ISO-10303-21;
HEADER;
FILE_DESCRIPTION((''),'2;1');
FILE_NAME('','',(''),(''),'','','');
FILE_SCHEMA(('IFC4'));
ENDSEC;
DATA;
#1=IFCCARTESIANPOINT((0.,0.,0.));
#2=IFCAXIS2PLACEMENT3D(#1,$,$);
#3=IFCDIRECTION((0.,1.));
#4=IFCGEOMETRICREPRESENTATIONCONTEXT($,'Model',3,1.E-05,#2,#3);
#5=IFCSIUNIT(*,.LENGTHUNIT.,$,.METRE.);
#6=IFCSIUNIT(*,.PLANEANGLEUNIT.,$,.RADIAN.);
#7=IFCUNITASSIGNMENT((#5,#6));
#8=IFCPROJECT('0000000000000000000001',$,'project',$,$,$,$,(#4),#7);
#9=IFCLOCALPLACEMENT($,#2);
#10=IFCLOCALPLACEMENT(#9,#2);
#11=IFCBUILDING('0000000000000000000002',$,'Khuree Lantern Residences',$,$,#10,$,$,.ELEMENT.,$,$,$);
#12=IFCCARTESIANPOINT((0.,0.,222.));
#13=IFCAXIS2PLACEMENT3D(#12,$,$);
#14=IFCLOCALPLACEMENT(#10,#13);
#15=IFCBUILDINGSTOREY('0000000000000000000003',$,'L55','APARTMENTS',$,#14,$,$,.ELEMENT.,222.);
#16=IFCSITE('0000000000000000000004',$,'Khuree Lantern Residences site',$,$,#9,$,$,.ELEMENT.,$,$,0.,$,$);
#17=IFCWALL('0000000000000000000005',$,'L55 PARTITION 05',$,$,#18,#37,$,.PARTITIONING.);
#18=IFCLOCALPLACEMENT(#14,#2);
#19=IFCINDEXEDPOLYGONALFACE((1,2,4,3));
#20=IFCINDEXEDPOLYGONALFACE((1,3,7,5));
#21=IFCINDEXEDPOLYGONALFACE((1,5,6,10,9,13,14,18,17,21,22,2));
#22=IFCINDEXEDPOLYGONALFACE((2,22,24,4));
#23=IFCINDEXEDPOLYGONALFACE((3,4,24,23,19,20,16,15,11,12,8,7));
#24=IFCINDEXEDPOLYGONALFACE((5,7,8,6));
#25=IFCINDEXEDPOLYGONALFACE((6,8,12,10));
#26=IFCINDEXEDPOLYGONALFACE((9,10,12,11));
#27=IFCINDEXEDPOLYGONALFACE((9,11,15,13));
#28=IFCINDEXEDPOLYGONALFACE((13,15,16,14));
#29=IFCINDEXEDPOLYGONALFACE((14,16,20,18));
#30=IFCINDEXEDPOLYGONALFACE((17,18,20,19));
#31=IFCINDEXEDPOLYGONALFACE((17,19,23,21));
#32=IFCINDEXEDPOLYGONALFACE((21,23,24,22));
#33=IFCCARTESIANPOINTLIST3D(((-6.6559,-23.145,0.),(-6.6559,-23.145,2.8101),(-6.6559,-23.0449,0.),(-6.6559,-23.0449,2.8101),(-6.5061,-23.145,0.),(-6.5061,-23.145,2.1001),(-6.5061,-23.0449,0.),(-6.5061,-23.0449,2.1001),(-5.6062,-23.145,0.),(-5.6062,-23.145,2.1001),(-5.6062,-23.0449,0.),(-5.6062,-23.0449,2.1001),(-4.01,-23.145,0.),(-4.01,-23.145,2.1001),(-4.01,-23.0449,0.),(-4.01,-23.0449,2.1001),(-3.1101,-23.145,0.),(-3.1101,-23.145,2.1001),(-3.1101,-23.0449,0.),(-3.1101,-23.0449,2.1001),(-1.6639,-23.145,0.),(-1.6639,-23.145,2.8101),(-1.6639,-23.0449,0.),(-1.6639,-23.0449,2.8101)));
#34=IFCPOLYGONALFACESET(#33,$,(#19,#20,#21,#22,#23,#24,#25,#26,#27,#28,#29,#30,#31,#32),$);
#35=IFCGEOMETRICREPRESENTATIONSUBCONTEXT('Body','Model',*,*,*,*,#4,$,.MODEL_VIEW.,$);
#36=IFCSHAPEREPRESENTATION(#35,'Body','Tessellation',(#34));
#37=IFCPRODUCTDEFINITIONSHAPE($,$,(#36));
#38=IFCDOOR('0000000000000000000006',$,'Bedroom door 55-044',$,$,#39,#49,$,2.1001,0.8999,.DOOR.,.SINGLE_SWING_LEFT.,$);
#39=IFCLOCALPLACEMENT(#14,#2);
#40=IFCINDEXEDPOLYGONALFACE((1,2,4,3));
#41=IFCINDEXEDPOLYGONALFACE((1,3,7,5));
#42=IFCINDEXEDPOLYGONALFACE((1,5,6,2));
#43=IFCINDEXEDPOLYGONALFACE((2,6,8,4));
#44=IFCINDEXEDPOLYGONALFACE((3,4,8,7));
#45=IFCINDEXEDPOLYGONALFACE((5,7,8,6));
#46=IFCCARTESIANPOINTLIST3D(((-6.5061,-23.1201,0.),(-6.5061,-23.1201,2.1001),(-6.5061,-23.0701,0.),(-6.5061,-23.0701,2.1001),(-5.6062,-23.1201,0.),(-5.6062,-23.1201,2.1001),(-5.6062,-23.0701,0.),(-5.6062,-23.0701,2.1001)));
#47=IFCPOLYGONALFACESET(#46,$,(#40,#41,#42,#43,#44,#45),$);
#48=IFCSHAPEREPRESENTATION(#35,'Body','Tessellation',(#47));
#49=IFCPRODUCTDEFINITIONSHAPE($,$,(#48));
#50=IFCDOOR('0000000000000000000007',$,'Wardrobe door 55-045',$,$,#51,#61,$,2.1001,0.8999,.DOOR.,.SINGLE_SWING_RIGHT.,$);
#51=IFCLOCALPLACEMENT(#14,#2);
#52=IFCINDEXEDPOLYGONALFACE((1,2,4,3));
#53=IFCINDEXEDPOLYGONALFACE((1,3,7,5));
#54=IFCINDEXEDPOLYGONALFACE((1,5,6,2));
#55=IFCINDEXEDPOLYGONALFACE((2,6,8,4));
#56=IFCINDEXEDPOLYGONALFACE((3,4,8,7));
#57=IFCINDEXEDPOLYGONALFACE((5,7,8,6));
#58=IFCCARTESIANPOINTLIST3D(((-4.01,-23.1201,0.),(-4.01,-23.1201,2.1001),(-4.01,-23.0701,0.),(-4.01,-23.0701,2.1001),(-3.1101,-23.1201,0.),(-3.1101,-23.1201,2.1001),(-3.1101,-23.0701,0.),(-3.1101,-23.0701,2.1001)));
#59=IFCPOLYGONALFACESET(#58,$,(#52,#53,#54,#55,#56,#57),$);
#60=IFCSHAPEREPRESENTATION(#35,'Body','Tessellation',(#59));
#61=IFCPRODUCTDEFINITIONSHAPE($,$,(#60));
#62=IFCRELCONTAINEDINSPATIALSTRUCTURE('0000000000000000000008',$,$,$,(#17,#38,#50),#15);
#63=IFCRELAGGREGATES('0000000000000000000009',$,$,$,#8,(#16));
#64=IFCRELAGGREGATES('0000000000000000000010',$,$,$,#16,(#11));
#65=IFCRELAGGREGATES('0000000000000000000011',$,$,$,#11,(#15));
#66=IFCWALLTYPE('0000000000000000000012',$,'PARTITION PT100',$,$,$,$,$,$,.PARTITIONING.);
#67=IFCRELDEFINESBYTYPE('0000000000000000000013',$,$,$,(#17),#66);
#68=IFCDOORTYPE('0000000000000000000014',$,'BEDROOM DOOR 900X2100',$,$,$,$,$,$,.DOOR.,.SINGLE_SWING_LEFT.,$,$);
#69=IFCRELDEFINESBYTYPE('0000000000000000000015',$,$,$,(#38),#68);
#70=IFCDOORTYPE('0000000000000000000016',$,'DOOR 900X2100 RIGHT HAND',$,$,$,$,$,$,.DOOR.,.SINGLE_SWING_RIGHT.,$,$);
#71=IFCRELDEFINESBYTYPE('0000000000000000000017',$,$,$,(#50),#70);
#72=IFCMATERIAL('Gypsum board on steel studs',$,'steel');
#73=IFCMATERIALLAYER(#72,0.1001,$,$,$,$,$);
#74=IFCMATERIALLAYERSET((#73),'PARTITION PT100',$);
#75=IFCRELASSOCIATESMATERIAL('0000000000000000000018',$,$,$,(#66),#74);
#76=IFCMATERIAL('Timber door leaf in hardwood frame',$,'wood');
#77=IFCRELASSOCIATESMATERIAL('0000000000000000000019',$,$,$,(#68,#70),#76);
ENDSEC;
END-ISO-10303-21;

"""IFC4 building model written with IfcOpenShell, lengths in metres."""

from ifc_helpers import new_model, si_unit, direction, frame, frame_2d, origin, place, context, subcontext, project, spatial, rectangle, extrude, material, layer, layer_set, type_object, element, fill, save


model = new_model("IFC4")

# Units and contexts
model_context = context("Model", 3, precision=1e-05, world=origin(), true_north=direction((0.0, 1.0)))
body_context = subcontext(model_context, "Body", "Model", "MODEL_VIEW")
ifc_project = project(units=[si_unit("LENGTHUNIT", "METRE"), si_unit("PLANEANGLEUNIT", "RADIAN")], contexts=[model_context])

# Site, building, storey
site_placement = place(None, origin())
site = spatial("IfcSite", under=ifc_project, at=site_placement, Name="Khuree Lantern Residences site", CompositionType="ELEMENT", RefElevation=0.0)
building_placement = place(site_placement, origin())
building = spatial("IfcBuilding", under=site, at=building_placement, Name="Khuree Lantern Residences", CompositionType="ELEMENT")
storey_placement = place(building_placement, frame((0.0, 0.0, 222.0)))
storey = spatial("IfcBuildingStorey", under=building, at=storey_placement, Name="L55", Description="APARTMENTS", CompositionType="ELEMENT", Elevation=222.0)

# Shared definitions
ifc_material_1 = material(Name="Gypsum board on steel studs", Category="steel")
ifc_layer_1 = layer(ifc_material_1, 0.1001)
ifc_layer_set_1 = layer_set([ifc_layer_1], Name="PARTITION PT100")
wall_type = type_object("IfcWallType", Name="PARTITION PT100", PredefinedType="PARTITIONING", material=ifc_layer_set_1)

# Shared definitions
ifc_material_2 = material(Name="Timber door leaf in hardwood frame", Category="wood")
door_type_1 = type_object("IfcDoorType", Name="BEDROOM DOOR 900X2100", OperationType="SINGLE_SWING_LEFT", PredefinedType="DOOR", material=ifc_material_2)

# Wall, openings, doors
wall_1_placement = place(storey_placement, frame((-6.656, -23.095, 0.0), z_axis=(0.0, 0.0, 1.0), x_axis=(1.0, 0.0, 0.0)))
wall_1 = element("IfcWall", 1, at=wall_1_placement, inside=storey, type_object=wall_type, Name="L55 PARTITION 05", PredefinedType="PARTITIONING", context=body_context, shape_type="SweptSolid", body=[
    extrude(rectangle(XDim=4.9919, YDim=0.1001, at=frame_2d((2.4961, 0.0))), origin(), (0.0, 0.0, 1.0), 2.8101),
])
opening_1_placement = place(wall_1_placement, frame((0.1499, 0.0, 0.0)))
opening_1 = element("IfcOpeningElement", 2, at=opening_1_placement, cuts=wall_1, PredefinedType="OPENING", context=body_context, shape_type="SweptSolid", body=[
    extrude(rectangle(XDim=0.8999, YDim=2.1001, at=frame_2d((0.45, 1.05))), frame((0.0, 0.0601, 0.0), z_axis=(0.0, -1.0, 0.0), x_axis=(1.0, 0.0, 0.0)), (0.0, 0.0, 1.0), 0.1201),
])
opening_2_placement = place(wall_1_placement, frame((2.646, 0.0, 0.0)))
opening_2 = element("IfcOpeningElement", 3, at=opening_2_placement, cuts=wall_1, PredefinedType="OPENING", context=body_context, shape_type="SweptSolid", body=[
    extrude(rectangle(XDim=0.8999, YDim=2.1001, at=frame_2d((0.45, 1.05))), frame((0.0, 0.0601, 0.0), z_axis=(0.0, -1.0, 0.0), x_axis=(1.0, 0.0, 0.0)), (0.0, 0.0, 1.0), 0.1201),
])
door_1_placement = place(opening_1_placement, origin())
door_1 = element("IfcDoor", 4, at=door_1_placement, inside=storey, type_object=door_type_1, Name="Bedroom door 55-044", OperationType="SINGLE_SWING_LEFT", OverallHeight=2.1001, OverallWidth=0.8999, PredefinedType="DOOR", context=body_context, shape_type="SweptSolid", body=[
    extrude(rectangle(XDim=0.8999, YDim=2.1001, at=frame_2d((0.45, 1.05))), frame((0.0, 0.0249, 0.0), z_axis=(0.0, -1.0, 0.0), x_axis=(1.0, 0.0, 0.0)), (0.0, 0.0, 1.0), 0.05),
])
fill(opening_1, door_1)
door_type_2 = type_object("IfcDoorType", Name="DOOR 900X2100 RIGHT HAND", OperationType="SINGLE_SWING_RIGHT", PredefinedType="DOOR", material=ifc_material_2)
door_2_placement = place(opening_2_placement, origin())
door_2 = element("IfcDoor", 5, at=door_2_placement, inside=storey, type_object=door_type_2, Name="Wardrobe door 55-045", OperationType="SINGLE_SWING_RIGHT", OverallHeight=2.1001, OverallWidth=0.8999, PredefinedType="DOOR", context=body_context, shape_type="SweptSolid", body=[
    extrude(rectangle(XDim=0.8999, YDim=2.1001, at=frame_2d((0.45, 1.05))), frame((0.0, 0.0249, 0.0), z_axis=(0.0, -1.0, 0.0), x_axis=(1.0, 0.0, 0.0)), (0.0, 0.0, 1.0), 0.05),
])
fill(opening_2, door_2)

save(model, "model.ifc")
